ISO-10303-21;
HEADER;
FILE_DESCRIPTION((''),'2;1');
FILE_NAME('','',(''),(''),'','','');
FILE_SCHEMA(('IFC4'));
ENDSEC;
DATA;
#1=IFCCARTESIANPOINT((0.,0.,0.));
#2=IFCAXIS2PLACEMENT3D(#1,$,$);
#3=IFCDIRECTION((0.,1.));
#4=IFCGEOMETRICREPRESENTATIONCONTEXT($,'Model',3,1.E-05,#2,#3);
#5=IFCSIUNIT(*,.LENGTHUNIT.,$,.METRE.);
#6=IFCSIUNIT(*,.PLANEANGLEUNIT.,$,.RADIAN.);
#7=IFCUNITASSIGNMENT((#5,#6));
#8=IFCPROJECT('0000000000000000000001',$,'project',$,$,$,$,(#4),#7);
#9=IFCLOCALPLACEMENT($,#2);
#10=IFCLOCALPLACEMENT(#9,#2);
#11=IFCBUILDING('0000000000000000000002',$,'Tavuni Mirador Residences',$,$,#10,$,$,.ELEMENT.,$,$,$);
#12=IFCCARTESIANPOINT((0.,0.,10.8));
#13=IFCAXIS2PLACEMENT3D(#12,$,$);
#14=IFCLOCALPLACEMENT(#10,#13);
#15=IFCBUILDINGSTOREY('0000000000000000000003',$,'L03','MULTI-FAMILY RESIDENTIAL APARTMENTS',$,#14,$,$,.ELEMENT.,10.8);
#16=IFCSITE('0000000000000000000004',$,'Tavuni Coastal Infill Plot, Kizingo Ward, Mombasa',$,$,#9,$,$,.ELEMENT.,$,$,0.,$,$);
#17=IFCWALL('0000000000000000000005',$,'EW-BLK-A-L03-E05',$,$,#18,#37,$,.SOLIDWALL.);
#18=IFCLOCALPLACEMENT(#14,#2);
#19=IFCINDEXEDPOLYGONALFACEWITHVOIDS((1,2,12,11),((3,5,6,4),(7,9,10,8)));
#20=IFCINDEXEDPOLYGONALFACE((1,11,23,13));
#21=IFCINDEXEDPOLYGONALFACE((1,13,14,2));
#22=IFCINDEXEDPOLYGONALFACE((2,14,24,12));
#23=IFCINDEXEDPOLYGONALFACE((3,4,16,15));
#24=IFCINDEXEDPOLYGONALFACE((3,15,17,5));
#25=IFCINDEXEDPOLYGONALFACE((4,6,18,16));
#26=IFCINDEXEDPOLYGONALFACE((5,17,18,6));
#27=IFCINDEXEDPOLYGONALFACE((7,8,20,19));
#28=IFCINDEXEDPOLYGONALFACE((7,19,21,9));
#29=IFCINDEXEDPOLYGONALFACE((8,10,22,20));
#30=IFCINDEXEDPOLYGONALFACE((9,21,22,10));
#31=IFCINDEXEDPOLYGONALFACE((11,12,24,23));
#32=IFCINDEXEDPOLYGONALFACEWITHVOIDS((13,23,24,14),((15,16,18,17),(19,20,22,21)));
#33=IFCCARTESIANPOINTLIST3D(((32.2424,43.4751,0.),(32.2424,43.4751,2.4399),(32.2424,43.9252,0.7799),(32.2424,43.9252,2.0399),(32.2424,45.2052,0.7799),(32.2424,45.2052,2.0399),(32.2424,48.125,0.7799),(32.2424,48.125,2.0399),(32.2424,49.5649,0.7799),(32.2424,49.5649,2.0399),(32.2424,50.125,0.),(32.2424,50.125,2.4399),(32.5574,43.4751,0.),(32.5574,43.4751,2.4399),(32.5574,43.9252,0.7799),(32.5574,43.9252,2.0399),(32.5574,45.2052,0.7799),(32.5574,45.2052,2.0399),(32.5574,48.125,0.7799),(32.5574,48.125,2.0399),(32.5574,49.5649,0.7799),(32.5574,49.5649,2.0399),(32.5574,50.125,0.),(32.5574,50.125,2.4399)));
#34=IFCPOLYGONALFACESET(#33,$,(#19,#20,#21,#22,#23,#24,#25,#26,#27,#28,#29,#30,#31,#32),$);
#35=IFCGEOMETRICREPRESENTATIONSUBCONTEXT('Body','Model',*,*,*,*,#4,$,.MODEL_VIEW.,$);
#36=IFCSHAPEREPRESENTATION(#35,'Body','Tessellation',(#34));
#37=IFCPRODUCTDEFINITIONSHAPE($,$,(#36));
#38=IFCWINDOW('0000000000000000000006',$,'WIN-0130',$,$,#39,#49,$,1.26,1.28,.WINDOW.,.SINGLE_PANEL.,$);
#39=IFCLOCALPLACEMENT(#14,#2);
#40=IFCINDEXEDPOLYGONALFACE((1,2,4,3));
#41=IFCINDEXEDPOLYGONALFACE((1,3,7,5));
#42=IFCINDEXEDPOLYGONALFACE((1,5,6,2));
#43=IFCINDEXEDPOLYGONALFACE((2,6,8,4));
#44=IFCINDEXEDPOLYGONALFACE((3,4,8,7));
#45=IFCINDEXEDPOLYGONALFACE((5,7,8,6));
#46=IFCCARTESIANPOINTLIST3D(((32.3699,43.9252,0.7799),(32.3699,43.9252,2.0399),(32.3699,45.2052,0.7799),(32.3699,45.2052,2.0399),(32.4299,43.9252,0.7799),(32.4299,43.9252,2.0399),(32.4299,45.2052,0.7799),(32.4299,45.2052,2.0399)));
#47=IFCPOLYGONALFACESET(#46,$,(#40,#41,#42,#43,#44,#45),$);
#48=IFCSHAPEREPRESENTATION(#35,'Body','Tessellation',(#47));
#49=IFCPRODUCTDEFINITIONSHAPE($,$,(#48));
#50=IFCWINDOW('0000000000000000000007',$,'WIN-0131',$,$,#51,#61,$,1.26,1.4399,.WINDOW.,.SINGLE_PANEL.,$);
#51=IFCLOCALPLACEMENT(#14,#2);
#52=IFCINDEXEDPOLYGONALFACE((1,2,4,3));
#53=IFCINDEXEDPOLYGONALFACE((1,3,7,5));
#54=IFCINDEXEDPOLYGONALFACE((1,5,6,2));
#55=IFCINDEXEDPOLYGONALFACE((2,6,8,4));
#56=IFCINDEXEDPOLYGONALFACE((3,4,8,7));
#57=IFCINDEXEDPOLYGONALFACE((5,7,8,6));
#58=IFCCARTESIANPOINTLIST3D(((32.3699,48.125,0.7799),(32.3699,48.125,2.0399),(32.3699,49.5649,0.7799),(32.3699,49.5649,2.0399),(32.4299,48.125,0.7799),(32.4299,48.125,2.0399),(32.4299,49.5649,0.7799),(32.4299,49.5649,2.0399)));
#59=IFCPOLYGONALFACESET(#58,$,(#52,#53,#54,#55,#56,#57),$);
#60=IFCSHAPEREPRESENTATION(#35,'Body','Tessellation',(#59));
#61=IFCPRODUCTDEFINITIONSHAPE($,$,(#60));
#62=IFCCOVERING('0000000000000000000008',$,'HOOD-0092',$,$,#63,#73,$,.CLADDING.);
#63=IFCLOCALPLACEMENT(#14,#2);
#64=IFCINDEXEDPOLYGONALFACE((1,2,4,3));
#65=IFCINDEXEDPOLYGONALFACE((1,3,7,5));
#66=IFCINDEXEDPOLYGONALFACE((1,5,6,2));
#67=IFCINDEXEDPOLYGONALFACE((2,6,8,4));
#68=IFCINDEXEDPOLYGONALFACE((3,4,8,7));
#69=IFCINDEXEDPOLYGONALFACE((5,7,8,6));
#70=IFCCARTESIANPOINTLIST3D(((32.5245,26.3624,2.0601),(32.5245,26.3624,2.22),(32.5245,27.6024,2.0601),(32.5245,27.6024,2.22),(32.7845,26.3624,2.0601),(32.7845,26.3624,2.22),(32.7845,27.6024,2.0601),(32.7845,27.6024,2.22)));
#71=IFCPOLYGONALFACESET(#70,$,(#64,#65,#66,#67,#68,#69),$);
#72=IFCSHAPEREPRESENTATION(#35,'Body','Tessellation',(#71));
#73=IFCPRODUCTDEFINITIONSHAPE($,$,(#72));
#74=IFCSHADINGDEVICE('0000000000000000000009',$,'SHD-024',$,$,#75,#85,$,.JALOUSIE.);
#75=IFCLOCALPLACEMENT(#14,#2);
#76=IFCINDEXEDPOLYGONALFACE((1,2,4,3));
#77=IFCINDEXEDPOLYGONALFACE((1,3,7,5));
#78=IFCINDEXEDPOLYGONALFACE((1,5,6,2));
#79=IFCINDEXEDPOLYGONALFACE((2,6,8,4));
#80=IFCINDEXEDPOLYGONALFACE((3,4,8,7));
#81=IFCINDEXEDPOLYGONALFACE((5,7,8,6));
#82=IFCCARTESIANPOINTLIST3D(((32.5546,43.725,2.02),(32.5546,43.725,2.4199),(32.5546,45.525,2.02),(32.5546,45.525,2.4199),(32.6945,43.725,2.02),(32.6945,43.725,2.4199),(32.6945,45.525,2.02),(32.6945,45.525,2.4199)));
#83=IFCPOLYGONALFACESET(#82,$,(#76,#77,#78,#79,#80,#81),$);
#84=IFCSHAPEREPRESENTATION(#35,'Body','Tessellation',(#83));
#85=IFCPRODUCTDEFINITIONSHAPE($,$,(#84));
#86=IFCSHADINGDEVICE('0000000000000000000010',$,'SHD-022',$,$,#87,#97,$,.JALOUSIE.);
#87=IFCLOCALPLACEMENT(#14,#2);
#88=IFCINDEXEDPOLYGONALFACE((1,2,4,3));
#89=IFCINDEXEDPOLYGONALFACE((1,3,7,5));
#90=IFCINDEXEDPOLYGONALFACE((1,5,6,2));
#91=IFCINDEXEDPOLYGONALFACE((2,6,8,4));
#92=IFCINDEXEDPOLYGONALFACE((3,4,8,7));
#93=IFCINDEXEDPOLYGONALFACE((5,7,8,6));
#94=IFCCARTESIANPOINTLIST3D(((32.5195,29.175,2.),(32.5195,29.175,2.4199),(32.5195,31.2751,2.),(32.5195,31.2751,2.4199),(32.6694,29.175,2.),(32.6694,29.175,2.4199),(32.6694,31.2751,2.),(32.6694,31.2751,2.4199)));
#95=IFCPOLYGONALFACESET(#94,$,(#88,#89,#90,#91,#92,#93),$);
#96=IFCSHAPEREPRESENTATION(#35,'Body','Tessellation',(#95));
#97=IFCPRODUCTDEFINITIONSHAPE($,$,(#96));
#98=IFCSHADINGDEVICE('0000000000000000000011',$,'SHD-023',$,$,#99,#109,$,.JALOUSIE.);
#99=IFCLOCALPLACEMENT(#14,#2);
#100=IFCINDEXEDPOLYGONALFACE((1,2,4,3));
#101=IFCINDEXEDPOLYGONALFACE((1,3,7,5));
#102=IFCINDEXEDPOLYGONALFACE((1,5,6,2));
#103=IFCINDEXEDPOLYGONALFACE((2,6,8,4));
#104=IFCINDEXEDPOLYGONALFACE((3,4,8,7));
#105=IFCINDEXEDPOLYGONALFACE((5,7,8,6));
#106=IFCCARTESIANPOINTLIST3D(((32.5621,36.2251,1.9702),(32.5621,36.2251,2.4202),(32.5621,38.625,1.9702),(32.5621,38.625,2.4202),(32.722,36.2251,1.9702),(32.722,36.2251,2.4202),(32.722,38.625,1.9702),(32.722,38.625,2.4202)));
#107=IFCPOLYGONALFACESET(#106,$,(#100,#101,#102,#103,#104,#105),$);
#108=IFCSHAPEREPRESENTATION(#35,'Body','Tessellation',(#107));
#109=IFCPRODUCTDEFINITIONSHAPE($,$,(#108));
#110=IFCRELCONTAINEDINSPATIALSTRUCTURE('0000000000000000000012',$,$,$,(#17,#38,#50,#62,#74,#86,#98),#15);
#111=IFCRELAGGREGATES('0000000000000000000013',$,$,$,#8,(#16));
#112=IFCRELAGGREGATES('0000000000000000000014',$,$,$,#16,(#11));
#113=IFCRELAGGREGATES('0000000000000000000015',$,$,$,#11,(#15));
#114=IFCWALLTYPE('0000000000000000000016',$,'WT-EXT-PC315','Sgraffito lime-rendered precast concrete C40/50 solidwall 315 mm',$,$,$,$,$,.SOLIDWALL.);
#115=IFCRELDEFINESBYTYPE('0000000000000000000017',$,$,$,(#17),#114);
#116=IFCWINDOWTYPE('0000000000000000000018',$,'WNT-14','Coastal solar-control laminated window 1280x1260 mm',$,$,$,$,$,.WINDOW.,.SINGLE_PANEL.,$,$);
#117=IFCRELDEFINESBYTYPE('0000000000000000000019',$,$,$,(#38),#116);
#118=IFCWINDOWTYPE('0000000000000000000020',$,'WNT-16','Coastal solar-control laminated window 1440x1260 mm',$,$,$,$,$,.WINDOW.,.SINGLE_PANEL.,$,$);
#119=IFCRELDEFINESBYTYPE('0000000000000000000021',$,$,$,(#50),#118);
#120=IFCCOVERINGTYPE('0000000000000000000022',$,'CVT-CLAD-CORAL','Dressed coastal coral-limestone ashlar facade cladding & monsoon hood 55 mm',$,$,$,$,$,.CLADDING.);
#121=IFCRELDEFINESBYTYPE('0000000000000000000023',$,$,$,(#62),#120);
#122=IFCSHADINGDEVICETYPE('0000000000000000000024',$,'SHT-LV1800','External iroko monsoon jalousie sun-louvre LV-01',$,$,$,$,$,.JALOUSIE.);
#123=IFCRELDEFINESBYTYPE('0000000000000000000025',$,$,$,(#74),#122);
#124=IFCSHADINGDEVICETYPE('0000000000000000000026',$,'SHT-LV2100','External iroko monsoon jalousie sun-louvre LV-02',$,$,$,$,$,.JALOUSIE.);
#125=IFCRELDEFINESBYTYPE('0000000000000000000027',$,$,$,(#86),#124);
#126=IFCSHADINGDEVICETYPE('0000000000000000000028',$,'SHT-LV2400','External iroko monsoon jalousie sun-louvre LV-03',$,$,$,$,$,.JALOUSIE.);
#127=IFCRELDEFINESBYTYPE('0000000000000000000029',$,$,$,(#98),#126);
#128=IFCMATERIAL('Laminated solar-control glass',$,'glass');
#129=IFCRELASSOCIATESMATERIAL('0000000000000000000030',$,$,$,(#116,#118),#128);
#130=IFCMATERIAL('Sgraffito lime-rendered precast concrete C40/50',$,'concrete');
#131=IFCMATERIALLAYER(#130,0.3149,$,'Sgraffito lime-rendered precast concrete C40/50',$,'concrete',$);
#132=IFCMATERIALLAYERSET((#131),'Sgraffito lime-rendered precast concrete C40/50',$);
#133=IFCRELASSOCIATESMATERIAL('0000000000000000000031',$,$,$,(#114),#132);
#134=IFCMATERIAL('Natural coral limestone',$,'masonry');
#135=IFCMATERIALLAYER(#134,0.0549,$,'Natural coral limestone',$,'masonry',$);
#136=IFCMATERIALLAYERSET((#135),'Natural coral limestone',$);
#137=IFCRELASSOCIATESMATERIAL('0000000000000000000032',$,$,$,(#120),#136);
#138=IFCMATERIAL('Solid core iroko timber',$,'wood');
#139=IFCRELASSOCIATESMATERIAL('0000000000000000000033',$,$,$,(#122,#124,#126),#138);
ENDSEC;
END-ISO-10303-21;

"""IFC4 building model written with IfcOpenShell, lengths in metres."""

from ifc_helpers import new_model, si_unit, direction, frame, frame_2d, origin, origin_2d, place, context, subcontext, project, spatial, rectangle, extrude, material, layer, layer_set, type_object, element, fill, save


model = new_model("IFC4")

# Units and contexts
model_context = context("Model", 3, precision=1e-05, world=origin(), true_north=direction((0.0, 1.0)))
body_context = subcontext(model_context, "Body", "Model", "MODEL_VIEW")
ifc_project = project(units=[si_unit("LENGTHUNIT", "METRE"), si_unit("PLANEANGLEUNIT", "RADIAN")], contexts=[model_context])

# Site, building, storey
site_placement = place(None, origin())
site = spatial("IfcSite", under=ifc_project, at=site_placement, Name="Tavuni Coastal Infill Plot, Kizingo Ward, Mombasa", CompositionType="ELEMENT", RefElevation=0.0)
building_placement = place(site_placement, origin())
building = spatial("IfcBuilding", under=site, at=building_placement, Name="Tavuni Mirador Residences", CompositionType="ELEMENT")
storey_placement = place(building_placement, frame((0.0, 0.0, 10.8)))
storey = spatial("IfcBuildingStorey", under=building, at=storey_placement, Name="L03", Description="MULTI-FAMILY RESIDENTIAL APARTMENTS", CompositionType="ELEMENT", Elevation=10.8)

# Shared definitions
ifc_material_1 = material(Name="Laminated solar-control glass", Category="glass")

# Shared definitions
window_type_1 = type_object("IfcWindowType", Name="WNT-14", Description="Coastal solar-control laminated window 1280x1260 mm", PartitioningType="SINGLE_PANEL", PredefinedType="WINDOW", material=ifc_material_1)
ifc_material_2 = material(Name="Sgraffito lime-rendered precast concrete C40/50", Category="concrete")

# Wall, openings, windows
ifc_layer_1 = layer(ifc_material_2, 0.3149, Name="Sgraffito lime-rendered precast concrete C40/50", Category="concrete")
ifc_layer_set_1 = layer_set([ifc_layer_1], Name="Sgraffito lime-rendered precast concrete C40/50")
wall_type_1 = type_object("IfcWallType", Name="WT-EXT-PC315", Description="Sgraffito lime-rendered precast concrete C40/50 solidwall 315 mm", PredefinedType="SOLIDWALL", material=ifc_layer_set_1)
wall_1_placement = place(storey_placement, frame((32.3999, 43.4751, 0.0), z_axis=(0.0, 0.0, 1.0), x_axis=(0.0, 1.0, 0.0)))
wall_1 = element("IfcWall", 1, at=wall_1_placement, inside=storey, type_object=wall_type_1, Name="EW-BLK-A-L03-E05", PredefinedType="SOLIDWALL", context=body_context, shape_type="SweptSolid", body=[
    extrude(rectangle(XDim=6.6499, YDim=0.3149, at=frame_2d((3.325, 0.0))), origin(), (0.0, 0.0, 1.0), 2.4399),
])
opening_1_placement = place(wall_1_placement, frame((0.45, 0.0, 0.78)))
opening_1 = element("IfcOpeningElement", 2, at=opening_1_placement, cuts=wall_1, PredefinedType="OPENING", context=body_context, shape_type="SweptSolid", body=[
    extrude(rectangle(XDim=1.28, YDim=1.26, at=frame_2d((0.6401, 0.6299))), frame((0.0, 0.1675, 0.0), z_axis=(0.0, -1.0, 0.0), x_axis=(1.0, 0.0, 0.0)), (0.0, 0.0, 1.0), 0.335),
])
opening_2_placement = place(wall_1_placement, frame((4.6499, 0.0, 0.78)))
opening_2 = element("IfcOpeningElement", 3, at=opening_2_placement, cuts=wall_1, PredefinedType="OPENING", context=body_context, shape_type="SweptSolid", body=[
    extrude(rectangle(XDim=1.4399, YDim=1.26, at=frame_2d((0.72, 0.6299))), frame((0.0, 0.1675, 0.0), z_axis=(0.0, -1.0, 0.0), x_axis=(1.0, 0.0, 0.0)), (0.0, 0.0, 1.0), 0.335),
])
window_1_placement = place(opening_1_placement, origin())
window_1 = element("IfcWindow", 4, at=window_1_placement, inside=storey, type_object=window_type_1, Name="WIN-0130", OverallHeight=1.26, OverallWidth=1.28, PartitioningType="SINGLE_PANEL", PredefinedType="WINDOW", context=body_context, shape_type="SweptSolid", body=[
    extrude(rectangle(XDim=1.28, YDim=1.26, at=frame_2d((0.6401, 0.6299))), frame((0.0, 0.03, 0.0), z_axis=(0.0, -1.0, 0.0), x_axis=(1.0, 0.0, 0.0)), (0.0, 0.0, 1.0), 0.0601),
])
fill(opening_1, window_1)
window_type_2 = type_object("IfcWindowType", Name="WNT-16", Description="Coastal solar-control laminated window 1440x1260 mm", PartitioningType="SINGLE_PANEL", PredefinedType="WINDOW", material=ifc_material_1)
window_2_placement = place(opening_2_placement, origin())
window_2 = element("IfcWindow", 5, at=window_2_placement, inside=storey, type_object=window_type_2, Name="WIN-0131", OverallHeight=1.26, OverallWidth=1.4399, PartitioningType="SINGLE_PANEL", PredefinedType="WINDOW", context=body_context, shape_type="SweptSolid", body=[
    extrude(rectangle(XDim=1.4399, YDim=1.26, at=frame_2d((0.72, 0.6299))), frame((0.0, 0.03, 0.0), z_axis=(0.0, -1.0, 0.0), x_axis=(1.0, 0.0, 0.0)), (0.0, 0.0, 1.0), 0.0601),
])
fill(opening_2, window_2)

# Covering
ifc_material_3 = material(Name="Natural coral limestone", Category="masonry")
ifc_layer_2 = layer(ifc_material_3, 0.0549, Name="Natural coral limestone", Category="masonry")
ifc_layer_set_2 = layer_set([ifc_layer_2], Name="Natural coral limestone")
covering_type = type_object("IfcCoveringType", Name="CVT-CLAD-CORAL", Description="Dressed coastal coral-limestone ashlar facade cladding & monsoon hood 55 mm", PredefinedType="CLADDING", material=ifc_layer_set_2)
covering_placement = place(storey_placement, frame((32.6545, 26.9824, 2.0601), z_axis=(0.0, 0.0, 1.0), x_axis=(0.0, 1.0, 0.0)))
element("IfcCovering", 6, at=covering_placement, inside=storey, type_object=covering_type, Name="HOOD-0092", PredefinedType="CLADDING", context=body_context, shape_type="SweptSolid", body=[
    extrude(rectangle(XDim=1.24, YDim=0.26, at=origin_2d()), origin(), (0.0, 0.0, 1.0), 0.1599),
])

# Shading devices
ifc_material_4 = material(Name="Solid core iroko timber", Category="wood")
shading_device_type_1 = type_object("IfcShadingDeviceType", Name="SHT-LV1800", Description="External iroko monsoon jalousie sun-louvre LV-01", PredefinedType="JALOUSIE", material=ifc_material_4)
shading_device_1_placement = place(storey_placement, frame((32.6245, 44.625, 2.02), z_axis=(0.0, 0.0, 1.0), x_axis=(0.0, 1.0, 0.0)))
element("IfcShadingDevice", 7, at=shading_device_1_placement, inside=storey, type_object=shading_device_type_1, Name="SHD-024", PredefinedType="JALOUSIE", context=body_context, shape_type="SweptSolid", body=[
    extrude(rectangle(XDim=1.8, YDim=0.1399, at=origin_2d()), origin(), (0.0, 0.0, 1.0), 0.3999),
])
shading_device_type_2 = type_object("IfcShadingDeviceType", Name="SHT-LV2100", Description="External iroko monsoon jalousie sun-louvre LV-02", PredefinedType="JALOUSIE", material=ifc_material_4)
shading_device_2_placement = place(storey_placement, frame((32.5945, 30.2251, 2.0), z_axis=(0.0, 0.0, 1.0), x_axis=(0.0, 1.0, 0.0)))
element("IfcShadingDevice", 8, at=shading_device_2_placement, inside=storey, type_object=shading_device_type_2, Name="SHD-022", PredefinedType="JALOUSIE", context=body_context, shape_type="SweptSolid", body=[
    extrude(rectangle(XDim=2.1001, YDim=0.1499, at=origin_2d()), origin(), (0.0, 0.0, 1.0), 0.4199),
])
shading_device_type_3 = type_object("IfcShadingDeviceType", Name="SHT-LV2400", Description="External iroko monsoon jalousie sun-louvre LV-03", PredefinedType="JALOUSIE", material=ifc_material_4)
shading_device_3_placement = place(storey_placement, frame((32.6421, 37.425, 1.9702), z_axis=(0.0, 0.0, 1.0), x_axis=(0.0, 1.0, 0.0)))
element("IfcShadingDevice", 9, at=shading_device_3_placement, inside=storey, type_object=shading_device_type_3, Name="SHD-023", PredefinedType="JALOUSIE", context=body_context, shape_type="SweptSolid", body=[
    extrude(rectangle(XDim=2.3999, YDim=0.1599, at=origin_2d()), origin(), (0.0, 0.0, 1.0), 0.45),
])

save(model, "model.ifc")
